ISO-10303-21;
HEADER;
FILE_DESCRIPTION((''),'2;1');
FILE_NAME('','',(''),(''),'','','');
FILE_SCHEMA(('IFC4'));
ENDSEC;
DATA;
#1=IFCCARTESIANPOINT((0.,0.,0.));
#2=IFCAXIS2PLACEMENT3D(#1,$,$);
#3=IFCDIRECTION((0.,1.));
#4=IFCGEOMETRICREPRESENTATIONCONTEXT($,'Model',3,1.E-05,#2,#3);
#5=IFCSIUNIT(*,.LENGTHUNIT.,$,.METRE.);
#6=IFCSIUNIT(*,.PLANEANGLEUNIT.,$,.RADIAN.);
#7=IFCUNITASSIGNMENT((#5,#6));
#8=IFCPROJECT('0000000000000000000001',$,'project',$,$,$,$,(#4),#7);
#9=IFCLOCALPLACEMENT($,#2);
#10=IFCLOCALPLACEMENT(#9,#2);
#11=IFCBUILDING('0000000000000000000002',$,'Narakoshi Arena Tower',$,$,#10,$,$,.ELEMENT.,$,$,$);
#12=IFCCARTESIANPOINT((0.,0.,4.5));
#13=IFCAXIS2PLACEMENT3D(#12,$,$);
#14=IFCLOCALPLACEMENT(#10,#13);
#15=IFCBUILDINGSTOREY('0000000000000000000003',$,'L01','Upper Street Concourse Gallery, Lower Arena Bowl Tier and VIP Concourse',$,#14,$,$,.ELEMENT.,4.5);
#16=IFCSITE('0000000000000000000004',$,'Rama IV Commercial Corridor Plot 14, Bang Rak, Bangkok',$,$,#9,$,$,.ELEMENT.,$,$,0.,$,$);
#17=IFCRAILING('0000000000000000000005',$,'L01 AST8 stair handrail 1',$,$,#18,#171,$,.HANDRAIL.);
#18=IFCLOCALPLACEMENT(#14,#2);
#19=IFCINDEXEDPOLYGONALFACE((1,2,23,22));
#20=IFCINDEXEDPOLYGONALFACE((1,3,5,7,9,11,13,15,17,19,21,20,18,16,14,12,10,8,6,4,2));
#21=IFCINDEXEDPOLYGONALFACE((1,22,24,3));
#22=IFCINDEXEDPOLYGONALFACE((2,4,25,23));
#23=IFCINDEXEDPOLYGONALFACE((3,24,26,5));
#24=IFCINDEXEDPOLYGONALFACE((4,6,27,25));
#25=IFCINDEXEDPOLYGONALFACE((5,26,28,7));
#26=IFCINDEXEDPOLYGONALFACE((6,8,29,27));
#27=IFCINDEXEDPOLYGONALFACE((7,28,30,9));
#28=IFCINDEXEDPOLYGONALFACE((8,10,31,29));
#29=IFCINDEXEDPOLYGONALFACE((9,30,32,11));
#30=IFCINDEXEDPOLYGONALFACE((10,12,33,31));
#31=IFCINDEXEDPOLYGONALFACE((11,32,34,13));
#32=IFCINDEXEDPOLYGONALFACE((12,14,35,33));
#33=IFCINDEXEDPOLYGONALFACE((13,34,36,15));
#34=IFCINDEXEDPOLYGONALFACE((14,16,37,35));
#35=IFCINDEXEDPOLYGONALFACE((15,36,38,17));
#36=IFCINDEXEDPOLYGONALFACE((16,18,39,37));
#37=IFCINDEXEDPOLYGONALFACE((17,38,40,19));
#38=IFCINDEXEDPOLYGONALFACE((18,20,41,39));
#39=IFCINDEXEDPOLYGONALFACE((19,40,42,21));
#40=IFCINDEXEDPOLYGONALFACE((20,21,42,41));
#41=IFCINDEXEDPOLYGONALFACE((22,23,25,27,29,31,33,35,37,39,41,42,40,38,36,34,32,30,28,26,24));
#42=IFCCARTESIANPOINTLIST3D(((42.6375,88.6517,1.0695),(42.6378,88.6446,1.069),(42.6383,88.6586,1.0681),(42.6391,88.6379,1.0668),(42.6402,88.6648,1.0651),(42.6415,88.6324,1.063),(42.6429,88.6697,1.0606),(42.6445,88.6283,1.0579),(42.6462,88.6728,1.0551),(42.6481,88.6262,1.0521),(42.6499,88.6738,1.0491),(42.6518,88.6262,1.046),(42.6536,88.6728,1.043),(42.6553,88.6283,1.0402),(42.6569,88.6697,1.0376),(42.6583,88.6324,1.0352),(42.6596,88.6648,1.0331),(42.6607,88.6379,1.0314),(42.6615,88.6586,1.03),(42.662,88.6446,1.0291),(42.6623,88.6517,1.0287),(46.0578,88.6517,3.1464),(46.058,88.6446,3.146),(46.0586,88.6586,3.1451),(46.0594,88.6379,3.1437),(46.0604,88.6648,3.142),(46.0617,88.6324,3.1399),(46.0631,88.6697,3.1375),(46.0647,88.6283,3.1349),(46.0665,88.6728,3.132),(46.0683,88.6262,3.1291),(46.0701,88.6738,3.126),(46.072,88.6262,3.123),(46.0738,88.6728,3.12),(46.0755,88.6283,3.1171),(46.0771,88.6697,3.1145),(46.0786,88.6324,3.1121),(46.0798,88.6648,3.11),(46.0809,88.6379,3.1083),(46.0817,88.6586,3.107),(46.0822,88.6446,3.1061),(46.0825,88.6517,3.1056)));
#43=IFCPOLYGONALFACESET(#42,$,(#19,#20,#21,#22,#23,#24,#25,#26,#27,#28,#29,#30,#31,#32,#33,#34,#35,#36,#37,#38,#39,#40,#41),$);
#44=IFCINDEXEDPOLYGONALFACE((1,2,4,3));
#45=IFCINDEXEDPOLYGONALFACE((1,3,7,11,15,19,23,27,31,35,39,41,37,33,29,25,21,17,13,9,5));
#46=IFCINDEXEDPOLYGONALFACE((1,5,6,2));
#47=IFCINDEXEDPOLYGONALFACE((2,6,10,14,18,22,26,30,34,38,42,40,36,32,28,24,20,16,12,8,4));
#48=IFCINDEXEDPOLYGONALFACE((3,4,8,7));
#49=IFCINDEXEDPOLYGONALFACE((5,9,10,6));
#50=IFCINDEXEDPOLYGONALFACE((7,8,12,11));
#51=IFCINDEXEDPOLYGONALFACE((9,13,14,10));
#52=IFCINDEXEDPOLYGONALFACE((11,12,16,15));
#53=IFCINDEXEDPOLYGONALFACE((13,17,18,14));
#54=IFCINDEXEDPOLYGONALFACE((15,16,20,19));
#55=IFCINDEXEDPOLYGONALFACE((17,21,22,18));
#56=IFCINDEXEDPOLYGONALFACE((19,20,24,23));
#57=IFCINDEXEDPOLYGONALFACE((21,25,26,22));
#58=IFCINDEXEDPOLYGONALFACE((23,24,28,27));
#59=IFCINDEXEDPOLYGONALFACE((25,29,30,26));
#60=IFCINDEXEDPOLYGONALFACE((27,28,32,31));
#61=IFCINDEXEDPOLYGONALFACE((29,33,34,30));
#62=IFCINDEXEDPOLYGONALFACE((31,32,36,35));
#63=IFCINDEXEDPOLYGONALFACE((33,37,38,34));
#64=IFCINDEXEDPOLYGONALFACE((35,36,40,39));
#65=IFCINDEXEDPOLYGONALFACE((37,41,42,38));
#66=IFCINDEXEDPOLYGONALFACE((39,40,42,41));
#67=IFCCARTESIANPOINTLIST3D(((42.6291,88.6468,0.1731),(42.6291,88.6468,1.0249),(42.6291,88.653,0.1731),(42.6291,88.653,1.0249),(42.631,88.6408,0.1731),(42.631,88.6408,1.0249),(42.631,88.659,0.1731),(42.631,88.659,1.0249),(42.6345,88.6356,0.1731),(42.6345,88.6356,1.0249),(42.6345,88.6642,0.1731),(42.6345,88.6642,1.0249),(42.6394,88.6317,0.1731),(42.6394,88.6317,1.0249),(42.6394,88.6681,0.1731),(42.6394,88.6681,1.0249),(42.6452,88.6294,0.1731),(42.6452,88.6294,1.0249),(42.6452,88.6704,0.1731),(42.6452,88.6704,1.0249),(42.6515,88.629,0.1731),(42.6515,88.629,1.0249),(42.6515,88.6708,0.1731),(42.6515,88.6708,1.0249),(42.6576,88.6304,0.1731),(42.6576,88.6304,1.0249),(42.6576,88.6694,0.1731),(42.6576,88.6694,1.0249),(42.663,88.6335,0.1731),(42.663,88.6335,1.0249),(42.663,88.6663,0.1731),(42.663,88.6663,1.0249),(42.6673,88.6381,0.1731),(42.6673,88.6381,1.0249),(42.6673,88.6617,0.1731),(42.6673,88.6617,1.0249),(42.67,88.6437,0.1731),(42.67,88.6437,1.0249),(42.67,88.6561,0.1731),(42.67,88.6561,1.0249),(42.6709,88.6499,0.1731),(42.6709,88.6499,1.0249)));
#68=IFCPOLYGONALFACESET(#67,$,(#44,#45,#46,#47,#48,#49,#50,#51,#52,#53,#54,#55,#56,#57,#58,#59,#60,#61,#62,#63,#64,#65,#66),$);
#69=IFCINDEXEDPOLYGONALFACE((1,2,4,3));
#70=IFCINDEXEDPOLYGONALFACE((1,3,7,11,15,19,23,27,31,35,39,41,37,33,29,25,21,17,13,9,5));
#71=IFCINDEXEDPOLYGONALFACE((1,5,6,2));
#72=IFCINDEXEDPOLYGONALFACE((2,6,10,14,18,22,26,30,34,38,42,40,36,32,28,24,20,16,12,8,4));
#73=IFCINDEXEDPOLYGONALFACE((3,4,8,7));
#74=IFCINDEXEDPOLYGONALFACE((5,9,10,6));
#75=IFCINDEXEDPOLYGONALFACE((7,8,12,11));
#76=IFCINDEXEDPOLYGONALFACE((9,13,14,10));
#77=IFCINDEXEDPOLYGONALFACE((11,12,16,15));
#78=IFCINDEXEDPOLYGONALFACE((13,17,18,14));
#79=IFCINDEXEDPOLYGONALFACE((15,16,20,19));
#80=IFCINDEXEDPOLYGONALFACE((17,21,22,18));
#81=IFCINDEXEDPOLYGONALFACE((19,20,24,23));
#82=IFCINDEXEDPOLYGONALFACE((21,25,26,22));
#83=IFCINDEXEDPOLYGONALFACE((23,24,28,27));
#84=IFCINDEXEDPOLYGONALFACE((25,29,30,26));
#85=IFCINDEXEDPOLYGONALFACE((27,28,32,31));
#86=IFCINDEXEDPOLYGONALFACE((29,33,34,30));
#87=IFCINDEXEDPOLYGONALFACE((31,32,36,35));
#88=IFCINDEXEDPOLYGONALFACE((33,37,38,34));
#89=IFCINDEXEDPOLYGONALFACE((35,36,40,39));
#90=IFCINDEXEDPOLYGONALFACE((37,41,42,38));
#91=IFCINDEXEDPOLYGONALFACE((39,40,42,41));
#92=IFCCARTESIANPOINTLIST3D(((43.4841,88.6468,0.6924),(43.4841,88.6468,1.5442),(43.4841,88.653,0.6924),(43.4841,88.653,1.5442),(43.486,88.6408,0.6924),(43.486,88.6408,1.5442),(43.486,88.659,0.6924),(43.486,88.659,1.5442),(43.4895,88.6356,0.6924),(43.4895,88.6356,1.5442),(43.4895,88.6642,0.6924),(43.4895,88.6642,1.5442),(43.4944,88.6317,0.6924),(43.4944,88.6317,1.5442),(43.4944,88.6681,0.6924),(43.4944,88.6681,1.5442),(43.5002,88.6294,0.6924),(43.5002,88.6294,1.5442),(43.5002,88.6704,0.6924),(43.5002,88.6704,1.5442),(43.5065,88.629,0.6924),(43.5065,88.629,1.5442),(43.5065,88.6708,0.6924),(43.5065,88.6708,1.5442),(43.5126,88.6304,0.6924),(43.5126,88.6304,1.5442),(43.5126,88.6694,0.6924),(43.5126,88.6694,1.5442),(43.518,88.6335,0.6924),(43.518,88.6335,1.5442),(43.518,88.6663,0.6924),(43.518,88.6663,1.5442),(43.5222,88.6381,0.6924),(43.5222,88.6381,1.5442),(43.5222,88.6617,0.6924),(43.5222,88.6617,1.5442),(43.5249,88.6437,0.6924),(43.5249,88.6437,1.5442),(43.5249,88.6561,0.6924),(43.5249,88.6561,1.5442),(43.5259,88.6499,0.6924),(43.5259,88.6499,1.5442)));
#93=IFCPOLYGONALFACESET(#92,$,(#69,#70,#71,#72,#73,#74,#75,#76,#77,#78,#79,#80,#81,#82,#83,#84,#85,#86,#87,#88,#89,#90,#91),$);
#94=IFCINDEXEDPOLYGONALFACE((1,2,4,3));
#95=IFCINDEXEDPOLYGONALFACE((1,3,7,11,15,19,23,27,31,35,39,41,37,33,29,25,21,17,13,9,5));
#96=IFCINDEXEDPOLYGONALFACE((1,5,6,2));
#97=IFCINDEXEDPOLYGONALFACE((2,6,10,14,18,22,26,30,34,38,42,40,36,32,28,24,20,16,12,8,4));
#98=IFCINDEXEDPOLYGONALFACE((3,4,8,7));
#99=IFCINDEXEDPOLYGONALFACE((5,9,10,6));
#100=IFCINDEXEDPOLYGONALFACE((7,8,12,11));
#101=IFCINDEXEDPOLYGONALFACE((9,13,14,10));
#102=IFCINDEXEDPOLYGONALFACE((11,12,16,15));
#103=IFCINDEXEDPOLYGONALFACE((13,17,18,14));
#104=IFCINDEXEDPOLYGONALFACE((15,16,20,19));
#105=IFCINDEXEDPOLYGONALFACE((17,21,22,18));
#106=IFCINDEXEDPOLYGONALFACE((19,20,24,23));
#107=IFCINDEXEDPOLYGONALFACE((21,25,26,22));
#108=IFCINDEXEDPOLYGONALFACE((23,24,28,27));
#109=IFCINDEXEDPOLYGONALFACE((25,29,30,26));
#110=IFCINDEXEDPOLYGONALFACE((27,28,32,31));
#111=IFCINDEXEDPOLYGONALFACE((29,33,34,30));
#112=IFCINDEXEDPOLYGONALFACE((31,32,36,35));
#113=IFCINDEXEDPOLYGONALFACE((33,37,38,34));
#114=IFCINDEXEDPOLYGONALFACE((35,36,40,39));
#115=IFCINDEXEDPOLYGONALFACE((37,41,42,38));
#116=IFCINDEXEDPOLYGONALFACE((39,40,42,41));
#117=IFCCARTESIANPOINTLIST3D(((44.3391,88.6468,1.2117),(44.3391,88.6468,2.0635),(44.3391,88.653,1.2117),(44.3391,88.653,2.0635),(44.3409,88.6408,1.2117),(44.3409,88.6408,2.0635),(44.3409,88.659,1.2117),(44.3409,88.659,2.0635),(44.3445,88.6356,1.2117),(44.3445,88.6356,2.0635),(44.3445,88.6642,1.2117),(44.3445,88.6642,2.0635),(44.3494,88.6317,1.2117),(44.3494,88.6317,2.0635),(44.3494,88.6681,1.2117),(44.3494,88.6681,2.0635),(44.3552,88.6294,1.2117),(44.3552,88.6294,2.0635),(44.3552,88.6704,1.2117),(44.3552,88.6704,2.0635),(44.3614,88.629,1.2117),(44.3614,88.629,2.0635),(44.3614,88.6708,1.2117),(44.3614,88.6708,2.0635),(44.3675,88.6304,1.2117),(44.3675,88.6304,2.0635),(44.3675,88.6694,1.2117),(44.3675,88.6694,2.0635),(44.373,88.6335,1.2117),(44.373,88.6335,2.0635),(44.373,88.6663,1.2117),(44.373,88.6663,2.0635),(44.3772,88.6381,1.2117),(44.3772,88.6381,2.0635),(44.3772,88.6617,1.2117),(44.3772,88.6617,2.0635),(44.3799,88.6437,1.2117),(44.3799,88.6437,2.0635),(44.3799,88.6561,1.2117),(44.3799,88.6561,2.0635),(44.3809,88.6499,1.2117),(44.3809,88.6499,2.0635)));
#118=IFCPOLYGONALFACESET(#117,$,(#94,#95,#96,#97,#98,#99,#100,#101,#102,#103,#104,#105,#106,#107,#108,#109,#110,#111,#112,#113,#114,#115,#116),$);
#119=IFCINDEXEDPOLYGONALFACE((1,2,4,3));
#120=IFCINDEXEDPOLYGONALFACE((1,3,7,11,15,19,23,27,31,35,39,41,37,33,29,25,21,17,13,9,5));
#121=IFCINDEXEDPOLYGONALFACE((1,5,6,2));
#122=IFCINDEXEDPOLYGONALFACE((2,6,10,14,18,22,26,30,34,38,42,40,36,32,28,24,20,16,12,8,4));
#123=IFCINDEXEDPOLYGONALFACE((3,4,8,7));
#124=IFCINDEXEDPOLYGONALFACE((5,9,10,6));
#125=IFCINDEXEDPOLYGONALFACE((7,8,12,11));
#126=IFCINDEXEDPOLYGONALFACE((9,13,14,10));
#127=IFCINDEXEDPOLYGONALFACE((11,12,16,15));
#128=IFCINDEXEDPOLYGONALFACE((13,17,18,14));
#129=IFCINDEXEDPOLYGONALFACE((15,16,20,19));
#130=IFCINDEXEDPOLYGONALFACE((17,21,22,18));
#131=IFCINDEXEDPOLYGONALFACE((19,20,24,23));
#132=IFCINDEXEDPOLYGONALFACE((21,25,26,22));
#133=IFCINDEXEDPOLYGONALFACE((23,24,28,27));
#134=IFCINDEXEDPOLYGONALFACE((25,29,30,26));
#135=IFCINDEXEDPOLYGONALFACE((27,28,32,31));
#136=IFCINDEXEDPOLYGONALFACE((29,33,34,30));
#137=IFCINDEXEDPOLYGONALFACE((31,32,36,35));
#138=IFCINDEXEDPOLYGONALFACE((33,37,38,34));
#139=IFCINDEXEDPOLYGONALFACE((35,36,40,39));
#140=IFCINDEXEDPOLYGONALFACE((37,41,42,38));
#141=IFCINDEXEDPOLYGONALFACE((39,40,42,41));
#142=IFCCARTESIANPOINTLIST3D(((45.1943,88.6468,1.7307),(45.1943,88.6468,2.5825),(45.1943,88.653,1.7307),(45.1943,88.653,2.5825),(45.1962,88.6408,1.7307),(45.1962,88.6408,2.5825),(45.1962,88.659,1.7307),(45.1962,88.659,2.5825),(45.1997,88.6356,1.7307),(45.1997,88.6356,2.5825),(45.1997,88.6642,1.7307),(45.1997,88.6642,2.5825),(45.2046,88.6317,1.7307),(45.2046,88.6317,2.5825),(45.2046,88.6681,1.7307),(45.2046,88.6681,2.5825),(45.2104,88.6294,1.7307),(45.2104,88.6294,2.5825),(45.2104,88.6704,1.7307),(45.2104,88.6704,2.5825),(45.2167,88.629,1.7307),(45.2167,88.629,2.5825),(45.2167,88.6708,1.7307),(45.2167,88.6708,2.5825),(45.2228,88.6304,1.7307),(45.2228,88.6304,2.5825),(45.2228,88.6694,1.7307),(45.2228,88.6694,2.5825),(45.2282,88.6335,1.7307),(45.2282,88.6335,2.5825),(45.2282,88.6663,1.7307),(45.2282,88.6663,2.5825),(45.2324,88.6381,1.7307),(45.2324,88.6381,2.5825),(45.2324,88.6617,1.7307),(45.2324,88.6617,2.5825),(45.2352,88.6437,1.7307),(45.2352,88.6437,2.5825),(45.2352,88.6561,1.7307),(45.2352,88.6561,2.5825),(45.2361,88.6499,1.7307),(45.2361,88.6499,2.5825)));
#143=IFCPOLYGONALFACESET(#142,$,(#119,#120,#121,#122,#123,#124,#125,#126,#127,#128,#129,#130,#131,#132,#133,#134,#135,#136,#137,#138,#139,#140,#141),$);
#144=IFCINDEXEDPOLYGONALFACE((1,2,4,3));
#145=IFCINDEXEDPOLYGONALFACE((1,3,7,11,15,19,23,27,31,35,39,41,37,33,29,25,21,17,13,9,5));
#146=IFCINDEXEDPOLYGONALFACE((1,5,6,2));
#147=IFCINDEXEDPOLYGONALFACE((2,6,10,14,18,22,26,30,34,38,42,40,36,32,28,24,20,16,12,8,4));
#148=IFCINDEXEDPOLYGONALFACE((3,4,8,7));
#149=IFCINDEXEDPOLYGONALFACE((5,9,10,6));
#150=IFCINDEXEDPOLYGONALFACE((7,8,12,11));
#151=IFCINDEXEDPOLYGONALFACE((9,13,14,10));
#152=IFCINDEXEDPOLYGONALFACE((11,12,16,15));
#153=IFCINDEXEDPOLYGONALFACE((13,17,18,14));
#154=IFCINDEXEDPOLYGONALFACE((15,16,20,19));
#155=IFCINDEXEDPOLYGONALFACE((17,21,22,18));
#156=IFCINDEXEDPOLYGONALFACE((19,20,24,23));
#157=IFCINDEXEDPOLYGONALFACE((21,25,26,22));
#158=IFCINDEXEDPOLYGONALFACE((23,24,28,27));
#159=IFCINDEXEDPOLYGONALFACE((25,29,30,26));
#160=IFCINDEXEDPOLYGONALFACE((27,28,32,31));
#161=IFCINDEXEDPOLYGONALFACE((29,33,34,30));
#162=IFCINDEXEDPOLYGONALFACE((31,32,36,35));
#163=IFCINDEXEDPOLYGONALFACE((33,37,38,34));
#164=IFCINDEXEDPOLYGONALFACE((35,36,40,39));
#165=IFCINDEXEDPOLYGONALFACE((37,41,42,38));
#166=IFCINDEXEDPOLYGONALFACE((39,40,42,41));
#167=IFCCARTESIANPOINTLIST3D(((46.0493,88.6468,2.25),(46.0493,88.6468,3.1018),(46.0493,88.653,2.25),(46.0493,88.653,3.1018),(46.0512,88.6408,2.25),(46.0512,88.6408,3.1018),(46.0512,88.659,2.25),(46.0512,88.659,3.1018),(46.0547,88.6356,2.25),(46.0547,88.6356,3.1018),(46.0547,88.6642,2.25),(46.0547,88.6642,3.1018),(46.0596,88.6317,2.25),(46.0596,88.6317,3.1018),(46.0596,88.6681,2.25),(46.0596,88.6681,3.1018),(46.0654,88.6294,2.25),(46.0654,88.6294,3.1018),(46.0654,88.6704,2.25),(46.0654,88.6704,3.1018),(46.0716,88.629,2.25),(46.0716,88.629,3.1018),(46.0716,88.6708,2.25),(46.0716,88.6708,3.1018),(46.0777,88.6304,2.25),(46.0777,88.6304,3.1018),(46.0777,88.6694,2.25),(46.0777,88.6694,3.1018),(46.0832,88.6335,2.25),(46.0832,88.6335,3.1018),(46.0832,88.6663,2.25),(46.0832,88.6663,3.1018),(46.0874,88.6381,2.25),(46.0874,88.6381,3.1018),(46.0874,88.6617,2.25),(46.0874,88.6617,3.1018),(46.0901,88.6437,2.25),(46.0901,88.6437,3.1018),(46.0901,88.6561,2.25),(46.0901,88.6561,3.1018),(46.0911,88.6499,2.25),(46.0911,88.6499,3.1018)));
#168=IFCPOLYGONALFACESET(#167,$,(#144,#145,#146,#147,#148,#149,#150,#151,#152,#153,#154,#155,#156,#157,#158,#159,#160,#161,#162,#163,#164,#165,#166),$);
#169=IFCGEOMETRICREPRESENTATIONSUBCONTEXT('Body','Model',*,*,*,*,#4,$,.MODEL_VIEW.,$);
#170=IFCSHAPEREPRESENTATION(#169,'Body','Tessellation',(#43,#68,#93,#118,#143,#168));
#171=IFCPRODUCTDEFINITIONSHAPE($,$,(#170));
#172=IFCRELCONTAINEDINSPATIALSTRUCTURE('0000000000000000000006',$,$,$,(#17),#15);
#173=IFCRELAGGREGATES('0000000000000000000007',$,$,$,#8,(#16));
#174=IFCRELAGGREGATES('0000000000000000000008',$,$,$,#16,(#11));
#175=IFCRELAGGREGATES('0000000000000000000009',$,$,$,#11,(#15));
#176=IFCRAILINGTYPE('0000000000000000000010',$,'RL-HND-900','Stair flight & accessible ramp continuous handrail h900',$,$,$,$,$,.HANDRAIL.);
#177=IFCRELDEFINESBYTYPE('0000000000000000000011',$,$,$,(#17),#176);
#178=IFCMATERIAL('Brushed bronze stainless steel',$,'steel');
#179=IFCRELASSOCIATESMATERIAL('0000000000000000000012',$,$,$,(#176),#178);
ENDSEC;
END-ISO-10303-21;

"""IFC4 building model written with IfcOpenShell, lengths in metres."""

from ifc_helpers import new_model, si_unit, direction, frame, origin, origin_2d, place, context, subcontext, project, spatial, circle, extrude, material, type_object, element, save


model = new_model("IFC4")

# Units and contexts
model_context = context("Model", 3, precision=1e-05, world=origin(), true_north=direction((0.0, 1.0)))
body_context = subcontext(model_context, "Body", "Model", "MODEL_VIEW")
ifc_project = project(units=[si_unit("LENGTHUNIT", "METRE"), si_unit("PLANEANGLEUNIT", "RADIAN")], contexts=[model_context])

# Site, building, storey
site_placement = place(None, origin())
site = spatial("IfcSite", under=ifc_project, at=site_placement, Name="Rama IV Commercial Corridor Plot 14, Bang Rak, Bangkok", CompositionType="ELEMENT", RefElevation=0.0)
building_placement = place(site_placement, origin())
building = spatial("IfcBuilding", under=site, at=building_placement, Name="Narakoshi Arena Tower", CompositionType="ELEMENT")
storey_placement = place(building_placement, frame((0.0, 0.0, 4.5)))
storey = spatial("IfcBuildingStorey", under=building, at=storey_placement, Name="L01", Description="Upper Street Concourse Gallery, Lower Arena Bowl Tier and VIP Concourse", CompositionType="ELEMENT", Elevation=4.5)

# Railing
ifc_material_1 = material(Name="Brushed bronze stainless steel", Category="steel")
railing_type_1 = type_object("IfcRailingType", Name="RL-HND-900", Description="Stair flight & accessible ramp continuous handrail h900", PredefinedType="HANDRAIL", material=ifc_material_1)
railing_1_placement = place(storey_placement, frame((42.6499, 88.6499, 0.1731)))
element("IfcRailing", 1, at=railing_1_placement, inside=storey, type_object=railing_type_1, Name="L01 AST8 stair handrail 1", PredefinedType="HANDRAIL", context=body_context, shape_type="SweptSolid", body=[
    extrude(circle(Radius=0.0239, at=origin_2d()), frame((0.0, 0.0, 0.876), z_axis=(0.854746, 0.0, 0.519047), x_axis=(0.0, 1.0, 0.0)), (0.0, 0.0, 1.0), 4.0015),
    extrude(circle(Radius=0.021, at=origin_2d()), origin(), (0.0, 0.0, 1.0), 0.8518),
    extrude(circle(Radius=0.021, at=origin_2d()), frame((0.855, 0.0, 0.5193)), (0.0, 0.0, 1.0), 0.8518),
    extrude(circle(Radius=0.021, at=origin_2d()), frame((1.71, 0.0, 1.0386)), (0.0, 0.0, 1.0), 0.8518),
    extrude(circle(Radius=0.021, at=origin_2d()), frame((2.5652, 0.0, 1.5576)), (0.0, 0.0, 1.0), 0.8518),
    extrude(circle(Radius=0.021, at=origin_2d()), frame((3.4202, 0.0, 2.0769)), (0.0, 0.0, 1.0), 0.8518),
])

save(model, "model.ifc")
